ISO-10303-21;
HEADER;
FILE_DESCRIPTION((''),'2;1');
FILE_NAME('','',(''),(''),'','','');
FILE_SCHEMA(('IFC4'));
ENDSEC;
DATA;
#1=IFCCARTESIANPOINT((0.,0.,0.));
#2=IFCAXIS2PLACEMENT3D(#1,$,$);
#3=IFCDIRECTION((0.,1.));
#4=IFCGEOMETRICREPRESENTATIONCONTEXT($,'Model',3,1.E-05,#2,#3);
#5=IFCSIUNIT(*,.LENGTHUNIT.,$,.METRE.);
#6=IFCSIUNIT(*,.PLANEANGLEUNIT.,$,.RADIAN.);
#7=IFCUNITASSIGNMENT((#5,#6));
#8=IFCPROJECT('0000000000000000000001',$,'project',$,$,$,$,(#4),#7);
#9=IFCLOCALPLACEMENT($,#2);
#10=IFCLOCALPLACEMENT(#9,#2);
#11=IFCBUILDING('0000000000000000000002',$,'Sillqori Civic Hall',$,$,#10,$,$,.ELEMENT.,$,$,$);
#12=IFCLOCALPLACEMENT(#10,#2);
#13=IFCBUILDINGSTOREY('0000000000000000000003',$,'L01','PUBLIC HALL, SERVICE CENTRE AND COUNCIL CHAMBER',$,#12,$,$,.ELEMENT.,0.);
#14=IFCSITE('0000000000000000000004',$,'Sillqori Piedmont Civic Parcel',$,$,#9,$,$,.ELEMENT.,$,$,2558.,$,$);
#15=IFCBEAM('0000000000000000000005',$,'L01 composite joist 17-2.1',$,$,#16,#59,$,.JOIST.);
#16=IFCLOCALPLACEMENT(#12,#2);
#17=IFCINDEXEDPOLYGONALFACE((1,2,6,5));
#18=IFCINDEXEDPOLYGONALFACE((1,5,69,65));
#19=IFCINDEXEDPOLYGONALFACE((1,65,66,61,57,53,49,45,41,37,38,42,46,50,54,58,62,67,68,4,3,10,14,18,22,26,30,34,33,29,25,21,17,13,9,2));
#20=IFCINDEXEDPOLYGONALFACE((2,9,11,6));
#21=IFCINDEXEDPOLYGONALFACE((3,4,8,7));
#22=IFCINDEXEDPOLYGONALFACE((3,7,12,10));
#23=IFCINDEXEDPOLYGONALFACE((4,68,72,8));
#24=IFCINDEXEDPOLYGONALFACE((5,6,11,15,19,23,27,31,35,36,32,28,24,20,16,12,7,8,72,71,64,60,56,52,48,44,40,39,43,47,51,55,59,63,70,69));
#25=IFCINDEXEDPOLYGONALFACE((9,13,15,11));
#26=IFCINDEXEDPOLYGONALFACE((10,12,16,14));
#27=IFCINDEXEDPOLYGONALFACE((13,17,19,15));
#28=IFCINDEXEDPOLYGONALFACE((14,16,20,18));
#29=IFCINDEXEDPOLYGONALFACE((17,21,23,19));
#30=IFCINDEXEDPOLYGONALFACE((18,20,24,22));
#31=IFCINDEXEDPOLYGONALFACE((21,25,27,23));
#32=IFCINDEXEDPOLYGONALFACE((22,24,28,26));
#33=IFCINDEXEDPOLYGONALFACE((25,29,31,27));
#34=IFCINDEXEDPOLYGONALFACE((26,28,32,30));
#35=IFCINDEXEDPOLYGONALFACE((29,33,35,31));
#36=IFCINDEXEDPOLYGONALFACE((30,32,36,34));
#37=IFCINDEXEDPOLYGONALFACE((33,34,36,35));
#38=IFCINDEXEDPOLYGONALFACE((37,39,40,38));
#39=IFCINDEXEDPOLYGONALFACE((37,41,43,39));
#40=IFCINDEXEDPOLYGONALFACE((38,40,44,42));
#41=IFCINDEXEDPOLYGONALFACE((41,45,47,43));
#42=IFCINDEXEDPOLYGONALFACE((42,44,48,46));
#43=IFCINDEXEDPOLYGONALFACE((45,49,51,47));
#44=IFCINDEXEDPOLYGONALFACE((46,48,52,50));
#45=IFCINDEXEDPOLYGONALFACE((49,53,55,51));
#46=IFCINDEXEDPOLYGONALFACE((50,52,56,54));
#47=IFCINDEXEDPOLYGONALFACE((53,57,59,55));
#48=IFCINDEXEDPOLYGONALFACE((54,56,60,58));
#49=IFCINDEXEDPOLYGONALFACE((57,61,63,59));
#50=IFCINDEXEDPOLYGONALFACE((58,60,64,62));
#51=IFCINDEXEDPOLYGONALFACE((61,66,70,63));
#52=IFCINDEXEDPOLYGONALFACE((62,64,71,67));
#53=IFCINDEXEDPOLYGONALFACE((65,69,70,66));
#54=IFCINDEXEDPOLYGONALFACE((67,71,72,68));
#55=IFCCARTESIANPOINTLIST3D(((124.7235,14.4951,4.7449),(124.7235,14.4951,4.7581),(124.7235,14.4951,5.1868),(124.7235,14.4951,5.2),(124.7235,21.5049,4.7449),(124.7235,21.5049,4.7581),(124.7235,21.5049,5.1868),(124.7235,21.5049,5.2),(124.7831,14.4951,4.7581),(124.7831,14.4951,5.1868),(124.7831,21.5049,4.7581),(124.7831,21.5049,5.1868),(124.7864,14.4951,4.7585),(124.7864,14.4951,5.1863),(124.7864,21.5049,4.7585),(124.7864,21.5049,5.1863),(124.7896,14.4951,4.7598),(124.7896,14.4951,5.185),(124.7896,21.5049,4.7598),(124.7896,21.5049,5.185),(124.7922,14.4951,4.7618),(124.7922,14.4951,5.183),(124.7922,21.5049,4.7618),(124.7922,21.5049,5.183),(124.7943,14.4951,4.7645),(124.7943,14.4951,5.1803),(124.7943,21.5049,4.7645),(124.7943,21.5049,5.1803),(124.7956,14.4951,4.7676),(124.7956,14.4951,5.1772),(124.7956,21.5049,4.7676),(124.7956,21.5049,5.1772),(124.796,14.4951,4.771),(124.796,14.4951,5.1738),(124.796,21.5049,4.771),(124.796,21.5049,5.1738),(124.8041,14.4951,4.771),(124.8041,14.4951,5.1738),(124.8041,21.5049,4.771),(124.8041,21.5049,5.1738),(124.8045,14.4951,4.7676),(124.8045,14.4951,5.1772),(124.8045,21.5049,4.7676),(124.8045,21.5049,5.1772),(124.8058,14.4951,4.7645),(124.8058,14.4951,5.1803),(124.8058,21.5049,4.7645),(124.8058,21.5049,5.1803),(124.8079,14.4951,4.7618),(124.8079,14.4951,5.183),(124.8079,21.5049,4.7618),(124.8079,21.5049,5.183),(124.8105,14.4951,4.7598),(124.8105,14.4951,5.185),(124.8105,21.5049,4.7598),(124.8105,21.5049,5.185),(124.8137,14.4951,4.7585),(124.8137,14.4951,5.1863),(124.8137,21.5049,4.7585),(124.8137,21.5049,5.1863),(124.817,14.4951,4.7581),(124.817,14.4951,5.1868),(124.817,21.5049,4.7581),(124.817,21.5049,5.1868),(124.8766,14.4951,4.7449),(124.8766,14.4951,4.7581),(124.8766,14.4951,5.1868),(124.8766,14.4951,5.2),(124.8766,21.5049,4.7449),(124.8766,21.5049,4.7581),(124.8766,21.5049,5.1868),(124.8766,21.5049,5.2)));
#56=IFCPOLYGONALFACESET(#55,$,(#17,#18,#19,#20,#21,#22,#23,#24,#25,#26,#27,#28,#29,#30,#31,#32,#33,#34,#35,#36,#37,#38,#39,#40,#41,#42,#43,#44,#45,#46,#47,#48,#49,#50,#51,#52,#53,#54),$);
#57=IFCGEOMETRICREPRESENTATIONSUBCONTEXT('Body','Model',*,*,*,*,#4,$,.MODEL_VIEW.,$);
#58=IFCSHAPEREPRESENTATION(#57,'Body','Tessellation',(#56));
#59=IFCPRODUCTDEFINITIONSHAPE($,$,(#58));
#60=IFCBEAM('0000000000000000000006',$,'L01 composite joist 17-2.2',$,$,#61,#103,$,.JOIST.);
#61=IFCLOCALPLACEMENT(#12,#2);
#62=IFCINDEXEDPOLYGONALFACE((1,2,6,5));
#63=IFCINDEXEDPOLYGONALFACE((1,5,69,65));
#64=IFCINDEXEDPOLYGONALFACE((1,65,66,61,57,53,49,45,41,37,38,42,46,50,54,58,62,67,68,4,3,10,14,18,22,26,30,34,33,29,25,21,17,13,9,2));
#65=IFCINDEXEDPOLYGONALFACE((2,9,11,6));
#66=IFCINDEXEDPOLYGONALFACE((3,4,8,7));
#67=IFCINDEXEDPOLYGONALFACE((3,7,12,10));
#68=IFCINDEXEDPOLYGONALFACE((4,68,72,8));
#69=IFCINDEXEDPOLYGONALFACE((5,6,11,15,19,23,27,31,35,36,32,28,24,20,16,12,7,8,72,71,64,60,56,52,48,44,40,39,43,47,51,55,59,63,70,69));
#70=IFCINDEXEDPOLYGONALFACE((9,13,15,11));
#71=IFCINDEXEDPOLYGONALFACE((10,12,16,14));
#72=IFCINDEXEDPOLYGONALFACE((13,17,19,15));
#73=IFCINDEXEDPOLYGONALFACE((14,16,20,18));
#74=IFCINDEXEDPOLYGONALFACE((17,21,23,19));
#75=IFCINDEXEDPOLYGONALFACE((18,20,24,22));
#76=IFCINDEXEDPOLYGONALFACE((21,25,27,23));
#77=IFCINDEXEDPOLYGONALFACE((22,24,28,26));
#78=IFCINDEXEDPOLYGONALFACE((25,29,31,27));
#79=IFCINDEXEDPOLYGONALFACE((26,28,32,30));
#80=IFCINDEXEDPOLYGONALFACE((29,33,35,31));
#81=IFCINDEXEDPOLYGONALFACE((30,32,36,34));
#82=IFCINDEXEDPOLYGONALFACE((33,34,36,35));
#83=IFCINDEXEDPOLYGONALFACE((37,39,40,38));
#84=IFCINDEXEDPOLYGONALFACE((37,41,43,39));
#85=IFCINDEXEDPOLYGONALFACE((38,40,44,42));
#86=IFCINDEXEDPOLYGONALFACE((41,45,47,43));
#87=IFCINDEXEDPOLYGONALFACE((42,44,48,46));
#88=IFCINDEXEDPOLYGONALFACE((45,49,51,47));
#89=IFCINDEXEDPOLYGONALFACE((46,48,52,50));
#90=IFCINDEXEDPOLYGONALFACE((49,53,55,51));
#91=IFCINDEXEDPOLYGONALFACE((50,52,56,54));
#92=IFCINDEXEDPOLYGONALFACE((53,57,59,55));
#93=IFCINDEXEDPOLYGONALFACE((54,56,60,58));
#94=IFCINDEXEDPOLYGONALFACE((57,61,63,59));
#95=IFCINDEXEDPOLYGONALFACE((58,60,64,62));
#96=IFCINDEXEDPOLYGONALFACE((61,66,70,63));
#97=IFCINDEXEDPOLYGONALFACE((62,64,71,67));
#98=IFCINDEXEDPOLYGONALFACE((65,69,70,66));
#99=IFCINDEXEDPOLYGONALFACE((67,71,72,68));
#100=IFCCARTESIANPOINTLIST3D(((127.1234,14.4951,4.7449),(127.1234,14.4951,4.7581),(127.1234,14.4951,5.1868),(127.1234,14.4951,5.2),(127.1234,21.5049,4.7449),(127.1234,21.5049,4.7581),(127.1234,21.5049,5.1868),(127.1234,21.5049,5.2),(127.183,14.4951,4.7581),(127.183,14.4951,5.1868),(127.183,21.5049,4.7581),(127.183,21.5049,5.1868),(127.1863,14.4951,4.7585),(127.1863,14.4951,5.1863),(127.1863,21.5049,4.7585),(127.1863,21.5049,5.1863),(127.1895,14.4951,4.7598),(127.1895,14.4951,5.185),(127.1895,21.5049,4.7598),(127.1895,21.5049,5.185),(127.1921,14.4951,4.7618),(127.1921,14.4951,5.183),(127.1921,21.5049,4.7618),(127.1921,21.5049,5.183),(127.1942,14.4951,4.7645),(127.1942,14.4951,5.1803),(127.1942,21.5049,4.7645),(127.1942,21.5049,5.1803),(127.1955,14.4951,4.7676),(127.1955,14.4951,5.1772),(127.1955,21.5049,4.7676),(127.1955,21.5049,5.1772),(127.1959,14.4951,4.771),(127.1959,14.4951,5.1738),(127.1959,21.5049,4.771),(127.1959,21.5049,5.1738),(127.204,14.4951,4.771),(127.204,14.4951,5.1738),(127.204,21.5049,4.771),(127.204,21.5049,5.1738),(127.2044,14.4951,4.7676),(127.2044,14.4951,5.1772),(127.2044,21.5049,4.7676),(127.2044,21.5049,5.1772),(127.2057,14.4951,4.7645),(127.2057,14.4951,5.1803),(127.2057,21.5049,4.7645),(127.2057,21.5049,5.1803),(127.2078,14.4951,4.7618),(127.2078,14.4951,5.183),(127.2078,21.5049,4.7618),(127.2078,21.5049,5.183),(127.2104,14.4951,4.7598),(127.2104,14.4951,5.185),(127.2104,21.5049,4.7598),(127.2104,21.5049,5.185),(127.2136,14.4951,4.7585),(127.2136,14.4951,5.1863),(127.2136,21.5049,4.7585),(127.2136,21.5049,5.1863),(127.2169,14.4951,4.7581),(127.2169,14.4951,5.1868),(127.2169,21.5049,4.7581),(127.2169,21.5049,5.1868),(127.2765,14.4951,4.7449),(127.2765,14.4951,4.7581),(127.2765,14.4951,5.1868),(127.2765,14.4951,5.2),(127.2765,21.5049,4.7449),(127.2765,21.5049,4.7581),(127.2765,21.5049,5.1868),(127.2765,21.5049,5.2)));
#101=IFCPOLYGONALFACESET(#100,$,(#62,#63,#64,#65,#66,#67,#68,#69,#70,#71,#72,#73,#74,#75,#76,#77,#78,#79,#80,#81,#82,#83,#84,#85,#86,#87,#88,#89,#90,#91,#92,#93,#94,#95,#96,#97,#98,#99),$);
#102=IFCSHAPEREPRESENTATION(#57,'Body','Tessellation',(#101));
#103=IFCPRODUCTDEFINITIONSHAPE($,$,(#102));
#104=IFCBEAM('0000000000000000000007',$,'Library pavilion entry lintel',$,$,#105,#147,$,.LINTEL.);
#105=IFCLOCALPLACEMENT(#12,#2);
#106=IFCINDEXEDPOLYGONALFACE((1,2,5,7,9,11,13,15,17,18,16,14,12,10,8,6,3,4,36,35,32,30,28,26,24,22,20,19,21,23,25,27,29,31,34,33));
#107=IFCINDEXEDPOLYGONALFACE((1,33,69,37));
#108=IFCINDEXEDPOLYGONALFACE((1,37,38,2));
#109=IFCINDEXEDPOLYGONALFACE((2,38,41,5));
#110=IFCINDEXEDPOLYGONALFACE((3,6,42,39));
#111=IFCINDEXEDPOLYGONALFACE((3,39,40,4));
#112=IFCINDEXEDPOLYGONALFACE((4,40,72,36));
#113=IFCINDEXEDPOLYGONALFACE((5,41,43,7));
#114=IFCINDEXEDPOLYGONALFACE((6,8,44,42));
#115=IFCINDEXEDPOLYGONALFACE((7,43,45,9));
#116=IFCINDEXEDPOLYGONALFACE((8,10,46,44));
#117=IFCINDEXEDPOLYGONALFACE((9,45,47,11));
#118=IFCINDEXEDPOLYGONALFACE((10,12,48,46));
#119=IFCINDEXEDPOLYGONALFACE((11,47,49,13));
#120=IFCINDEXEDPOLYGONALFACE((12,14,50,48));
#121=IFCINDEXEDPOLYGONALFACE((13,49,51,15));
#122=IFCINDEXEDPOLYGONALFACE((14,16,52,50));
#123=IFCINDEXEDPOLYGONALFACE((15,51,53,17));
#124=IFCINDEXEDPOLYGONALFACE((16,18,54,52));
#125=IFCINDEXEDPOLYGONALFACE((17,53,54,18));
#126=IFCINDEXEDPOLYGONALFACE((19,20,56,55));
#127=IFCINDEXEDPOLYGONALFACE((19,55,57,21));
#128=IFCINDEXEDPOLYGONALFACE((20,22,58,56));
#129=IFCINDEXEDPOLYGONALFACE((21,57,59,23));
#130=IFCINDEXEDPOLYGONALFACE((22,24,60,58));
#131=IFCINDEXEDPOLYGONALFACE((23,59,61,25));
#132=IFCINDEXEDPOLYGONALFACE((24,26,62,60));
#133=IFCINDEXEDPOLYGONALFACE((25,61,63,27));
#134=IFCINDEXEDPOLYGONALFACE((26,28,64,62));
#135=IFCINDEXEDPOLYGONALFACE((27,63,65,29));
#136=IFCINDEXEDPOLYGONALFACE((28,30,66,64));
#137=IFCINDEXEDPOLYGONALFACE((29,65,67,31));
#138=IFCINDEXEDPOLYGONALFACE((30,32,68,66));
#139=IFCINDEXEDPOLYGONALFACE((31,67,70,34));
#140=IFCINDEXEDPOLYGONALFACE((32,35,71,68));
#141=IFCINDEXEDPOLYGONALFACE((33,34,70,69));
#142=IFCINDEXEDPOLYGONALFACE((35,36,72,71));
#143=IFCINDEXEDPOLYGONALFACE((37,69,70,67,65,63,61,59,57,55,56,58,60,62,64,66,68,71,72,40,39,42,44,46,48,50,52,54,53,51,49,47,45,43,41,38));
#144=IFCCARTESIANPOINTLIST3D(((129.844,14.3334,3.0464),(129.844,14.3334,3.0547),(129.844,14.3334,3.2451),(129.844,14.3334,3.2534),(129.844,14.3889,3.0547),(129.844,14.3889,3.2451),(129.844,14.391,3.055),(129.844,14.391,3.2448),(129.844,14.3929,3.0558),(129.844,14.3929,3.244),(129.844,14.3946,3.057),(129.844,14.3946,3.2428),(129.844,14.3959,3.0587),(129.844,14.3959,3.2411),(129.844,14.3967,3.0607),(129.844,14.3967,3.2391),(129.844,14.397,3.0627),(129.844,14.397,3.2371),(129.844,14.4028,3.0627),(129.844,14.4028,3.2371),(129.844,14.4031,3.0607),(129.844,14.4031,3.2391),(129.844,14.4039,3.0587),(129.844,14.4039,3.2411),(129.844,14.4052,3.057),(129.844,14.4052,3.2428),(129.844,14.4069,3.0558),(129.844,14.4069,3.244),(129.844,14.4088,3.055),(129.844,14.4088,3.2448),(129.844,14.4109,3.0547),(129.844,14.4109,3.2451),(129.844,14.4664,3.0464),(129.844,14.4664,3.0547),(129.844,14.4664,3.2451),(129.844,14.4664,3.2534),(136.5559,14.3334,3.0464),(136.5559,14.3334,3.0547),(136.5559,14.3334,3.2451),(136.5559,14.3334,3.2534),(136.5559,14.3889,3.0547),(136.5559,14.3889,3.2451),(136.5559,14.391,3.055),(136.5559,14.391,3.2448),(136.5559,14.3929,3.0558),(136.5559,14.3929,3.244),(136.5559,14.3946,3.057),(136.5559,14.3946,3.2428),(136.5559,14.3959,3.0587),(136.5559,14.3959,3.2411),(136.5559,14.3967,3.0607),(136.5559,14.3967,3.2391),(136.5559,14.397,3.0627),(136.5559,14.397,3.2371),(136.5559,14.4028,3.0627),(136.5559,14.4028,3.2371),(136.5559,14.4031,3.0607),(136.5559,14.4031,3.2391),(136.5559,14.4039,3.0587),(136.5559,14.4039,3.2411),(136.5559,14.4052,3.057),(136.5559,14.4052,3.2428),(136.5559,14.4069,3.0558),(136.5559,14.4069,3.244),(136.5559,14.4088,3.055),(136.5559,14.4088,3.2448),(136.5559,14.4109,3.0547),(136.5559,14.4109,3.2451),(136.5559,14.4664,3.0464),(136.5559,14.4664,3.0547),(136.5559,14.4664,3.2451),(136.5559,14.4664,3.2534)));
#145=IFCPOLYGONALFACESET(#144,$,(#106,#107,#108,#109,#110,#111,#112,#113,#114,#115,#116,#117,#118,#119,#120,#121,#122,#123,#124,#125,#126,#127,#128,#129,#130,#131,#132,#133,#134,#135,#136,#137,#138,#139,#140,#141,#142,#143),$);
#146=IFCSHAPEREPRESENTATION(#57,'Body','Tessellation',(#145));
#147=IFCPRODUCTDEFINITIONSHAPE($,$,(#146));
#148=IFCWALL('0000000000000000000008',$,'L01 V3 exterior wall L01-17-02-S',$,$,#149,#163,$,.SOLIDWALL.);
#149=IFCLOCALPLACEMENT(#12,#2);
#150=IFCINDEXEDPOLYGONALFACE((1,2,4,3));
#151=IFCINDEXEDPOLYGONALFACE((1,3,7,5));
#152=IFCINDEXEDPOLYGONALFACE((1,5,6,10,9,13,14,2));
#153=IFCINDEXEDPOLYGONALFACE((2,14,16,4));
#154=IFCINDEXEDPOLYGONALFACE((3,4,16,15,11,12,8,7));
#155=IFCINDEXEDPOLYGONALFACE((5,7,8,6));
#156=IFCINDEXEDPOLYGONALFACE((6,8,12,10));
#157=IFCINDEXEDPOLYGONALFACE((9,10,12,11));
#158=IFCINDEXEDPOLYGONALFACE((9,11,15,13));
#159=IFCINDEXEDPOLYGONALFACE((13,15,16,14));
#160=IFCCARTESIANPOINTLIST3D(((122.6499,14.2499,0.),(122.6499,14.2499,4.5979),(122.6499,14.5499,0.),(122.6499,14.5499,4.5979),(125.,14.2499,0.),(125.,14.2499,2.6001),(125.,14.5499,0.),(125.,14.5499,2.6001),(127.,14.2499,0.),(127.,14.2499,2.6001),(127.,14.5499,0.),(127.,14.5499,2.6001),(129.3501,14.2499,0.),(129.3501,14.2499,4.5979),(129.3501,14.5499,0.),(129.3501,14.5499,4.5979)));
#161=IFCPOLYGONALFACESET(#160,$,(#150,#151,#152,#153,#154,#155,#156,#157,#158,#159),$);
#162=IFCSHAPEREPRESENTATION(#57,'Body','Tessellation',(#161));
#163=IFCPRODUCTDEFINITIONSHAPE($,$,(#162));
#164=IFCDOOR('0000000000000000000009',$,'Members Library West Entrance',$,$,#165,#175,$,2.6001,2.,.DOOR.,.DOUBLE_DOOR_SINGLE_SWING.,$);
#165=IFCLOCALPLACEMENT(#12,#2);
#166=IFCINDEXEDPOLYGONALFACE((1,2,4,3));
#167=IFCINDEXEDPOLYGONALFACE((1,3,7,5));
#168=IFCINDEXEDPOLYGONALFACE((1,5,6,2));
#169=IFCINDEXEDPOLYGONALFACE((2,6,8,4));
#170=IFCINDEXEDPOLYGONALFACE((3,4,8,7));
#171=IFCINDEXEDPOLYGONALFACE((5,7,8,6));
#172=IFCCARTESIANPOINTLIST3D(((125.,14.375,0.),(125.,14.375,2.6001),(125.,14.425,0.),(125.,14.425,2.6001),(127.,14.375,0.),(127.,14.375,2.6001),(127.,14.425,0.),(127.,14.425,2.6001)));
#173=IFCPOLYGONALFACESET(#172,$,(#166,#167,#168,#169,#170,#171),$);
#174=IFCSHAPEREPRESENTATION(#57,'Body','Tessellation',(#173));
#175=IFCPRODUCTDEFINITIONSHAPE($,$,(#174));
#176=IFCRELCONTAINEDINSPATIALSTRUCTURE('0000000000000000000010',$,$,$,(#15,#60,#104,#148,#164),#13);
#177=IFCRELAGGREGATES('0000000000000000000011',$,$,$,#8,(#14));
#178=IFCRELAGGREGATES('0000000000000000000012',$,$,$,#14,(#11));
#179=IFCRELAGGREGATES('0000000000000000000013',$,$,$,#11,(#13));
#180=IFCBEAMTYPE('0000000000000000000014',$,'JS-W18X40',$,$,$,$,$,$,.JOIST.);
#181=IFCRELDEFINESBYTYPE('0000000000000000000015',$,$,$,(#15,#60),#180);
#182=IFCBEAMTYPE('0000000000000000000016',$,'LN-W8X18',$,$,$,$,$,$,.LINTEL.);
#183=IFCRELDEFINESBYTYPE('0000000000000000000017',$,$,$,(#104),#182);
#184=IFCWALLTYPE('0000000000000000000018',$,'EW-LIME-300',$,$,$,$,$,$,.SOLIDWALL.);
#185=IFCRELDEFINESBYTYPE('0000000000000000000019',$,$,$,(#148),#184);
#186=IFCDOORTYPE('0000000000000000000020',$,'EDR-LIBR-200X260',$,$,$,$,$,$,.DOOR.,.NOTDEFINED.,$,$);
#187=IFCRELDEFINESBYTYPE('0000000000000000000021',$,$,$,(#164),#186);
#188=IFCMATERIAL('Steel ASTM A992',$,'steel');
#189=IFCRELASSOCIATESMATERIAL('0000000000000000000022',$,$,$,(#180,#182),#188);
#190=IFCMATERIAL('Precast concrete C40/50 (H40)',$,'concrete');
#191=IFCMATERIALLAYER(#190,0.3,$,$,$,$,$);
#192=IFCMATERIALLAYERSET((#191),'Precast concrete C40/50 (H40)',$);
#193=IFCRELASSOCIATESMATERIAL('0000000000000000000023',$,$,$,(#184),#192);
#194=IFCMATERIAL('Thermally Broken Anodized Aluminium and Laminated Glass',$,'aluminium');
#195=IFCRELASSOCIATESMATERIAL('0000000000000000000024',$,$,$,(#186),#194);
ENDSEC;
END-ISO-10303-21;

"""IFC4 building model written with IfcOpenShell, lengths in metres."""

from ifc_helpers import new_model, si_unit, direction, frame, frame_2d, origin, origin_2d, place, context, subcontext, project, spatial, rectangle, i_section, extrude, material, layer, layer_set, material_profile, profile_set, type_object, element, fill, save


model = new_model("IFC4")

# Units and contexts
model_context = context("Model", 3, precision=1e-05, world=origin(), true_north=direction((0.0, 1.0)))
body_context = subcontext(model_context, "Body", "Model", "MODEL_VIEW")
ifc_project = project(units=[si_unit("LENGTHUNIT", "METRE"), si_unit("PLANEANGLEUNIT", "RADIAN")], contexts=[model_context])

# Site, building, storey
site_placement = place(None, origin())
site = spatial("IfcSite", under=ifc_project, at=site_placement, Name="Sillqori Piedmont Civic Parcel", CompositionType="ELEMENT", RefElevation=2558.0)
building_placement = place(site_placement, origin())
building = spatial("IfcBuilding", under=site, at=building_placement, Name="Sillqori Civic Hall", CompositionType="ELEMENT")
storey_placement = place(building_placement, origin())
storey = spatial("IfcBuildingStorey", under=building, at=storey_placement, Name="L01", Description="PUBLIC HALL, SERVICE CENTRE AND COUNCIL CHAMBER", CompositionType="ELEMENT", Elevation=0.0)

# Beams
ifc_material_1 = material(Name="Steel ASTM A992", Category="steel")
ifc_material_profile_1 = material_profile(ifc_material_1, i_section(OverallWidth=0.1531, OverallDepth=0.4551, WebThickness=0.0081, FlangeThickness=0.0132, FilletRadius=0.0129, at=origin_2d()), Name="W18X40")
ifc_profile_set_1 = profile_set([ifc_material_profile_1], Name="Steel ASTM A992")
beam_type_1 = type_object("IfcBeamType", Name="JS-W18X40", PredefinedType="JOIST", material=ifc_profile_set_1)
for number, where, z_axis, x_axis, name in (
    (1, (124.8, 14.4951, 4.9724), (0.0, 1.0, 0.0), (-1.0, 0.0, 0.0), "L01 composite joist 17-2.1"),
    (2, (127.2, 14.4951, 4.9724), (0.0, 1.0, 0.0), (-1.0, 0.0, 0.0), "L01 composite joist 17-2.2"),
):
    element("IfcBeam", number, at=place(storey_placement, frame(where, z_axis=z_axis, x_axis=x_axis)), inside=storey, type_object=beam_type_1, Name=name, PredefinedType="JOIST", context=body_context, shape_type="SweptSolid", body=[
        extrude(i_section(OverallWidth=0.1531, OverallDepth=0.4551, WebThickness=0.0081, FlangeThickness=0.0132, FilletRadius=0.0129, at=origin_2d()), origin(), (0.0, 0.0, 1.0), 7.0098),
    ])
ifc_material_profile_2 = material_profile(ifc_material_1, i_section(OverallWidth=0.1331, OverallDepth=0.207, WebThickness=0.0059, FlangeThickness=0.0083, FilletRadius=0.0081, at=origin_2d()), Name="W8X18")
ifc_profile_set_2 = profile_set([ifc_material_profile_2], Name="Steel ASTM A992")
beam_type_2 = type_object("IfcBeamType", Name="LN-W8X18", PredefinedType="LINTEL", material=ifc_profile_set_2)
beam_1_placement = place(storey_placement, frame((129.844, 14.3999, 3.1499), z_axis=(1.0, 0.0, 0.0), x_axis=(0.0, 1.0, 0.0)))
element("IfcBeam", 3, at=beam_1_placement, inside=storey, type_object=beam_type_2, Name="Library pavilion entry lintel", PredefinedType="LINTEL", context=body_context, shape_type="SweptSolid", body=[
    extrude(i_section(OverallWidth=0.1331, OverallDepth=0.207, WebThickness=0.0059, FlangeThickness=0.0083, FilletRadius=0.0081, at=origin_2d()), origin(), (0.0, 0.0, 1.0), 6.7119),
])

# Wall, opening, door
ifc_material_2 = material(Name="Precast concrete C40/50 (H40)", Category="concrete")
ifc_layer = layer(ifc_material_2, 0.3)
ifc_layer_set = layer_set([ifc_layer], Name="Precast concrete C40/50 (H40)")
wall_type = type_object("IfcWallType", Name="EW-LIME-300", PredefinedType="SOLIDWALL", material=ifc_layer_set)
wall_placement = place(storey_placement, frame((129.3501, 14.3999, 0.0), z_axis=(0.0, 0.0, 1.0), x_axis=(-1.0, 0.0, 0.0)))
wall = element("IfcWall", 4, at=wall_placement, inside=storey, type_object=wall_type, Name="L01 V3 exterior wall L01-17-02-S", PredefinedType="SOLIDWALL", context=body_context, shape_type="SweptSolid", body=[
    extrude(rectangle(XDim=6.7002, YDim=0.3, at=frame_2d((3.3501, 0.0))), origin(), (0.0, 0.0, 1.0), 4.5979),
])
opening_placement = place(wall_placement, frame((2.3501, 0.0, 0.0)))
opening = element("IfcOpeningElement", 5, at=opening_placement, cuts=wall, PredefinedType="OPENING", context=body_context, shape_type="SweptSolid", body=[
    extrude(rectangle(XDim=2.0, YDim=2.6001, at=frame_2d((1.0, 1.3))), frame((0.0, 0.1599, 0.0), z_axis=(0.0, -1.0, 0.0), x_axis=(1.0, 0.0, 0.0)), (0.0, 0.0, 1.0), 0.3201),
])
ifc_material_3 = material(Name="Thermally Broken Anodized Aluminium and Laminated Glass", Category="aluminium")
door_type = type_object("IfcDoorType", Name="EDR-LIBR-200X260", OperationType="NOTDEFINED", PredefinedType="DOOR", material=ifc_material_3)
door_placement = place(opening_placement, origin())
door = element("IfcDoor", 6, at=door_placement, inside=storey, type_object=door_type, Name="Members Library West Entrance", OperationType="DOUBLE_DOOR_SINGLE_SWING", OverallHeight=2.6001, OverallWidth=2.0, PredefinedType="DOOR", context=body_context, shape_type="SweptSolid", body=[
    extrude(rectangle(XDim=2.0, YDim=2.6001, at=frame_2d((1.0, 1.3))), frame((0.0, 0.0249, 0.0), z_axis=(0.0, -1.0, 0.0), x_axis=(1.0, 0.0, 0.0)), (0.0, 0.0, 1.0), 0.05),
])
fill(opening, door)

save(model, "model.ifc")
